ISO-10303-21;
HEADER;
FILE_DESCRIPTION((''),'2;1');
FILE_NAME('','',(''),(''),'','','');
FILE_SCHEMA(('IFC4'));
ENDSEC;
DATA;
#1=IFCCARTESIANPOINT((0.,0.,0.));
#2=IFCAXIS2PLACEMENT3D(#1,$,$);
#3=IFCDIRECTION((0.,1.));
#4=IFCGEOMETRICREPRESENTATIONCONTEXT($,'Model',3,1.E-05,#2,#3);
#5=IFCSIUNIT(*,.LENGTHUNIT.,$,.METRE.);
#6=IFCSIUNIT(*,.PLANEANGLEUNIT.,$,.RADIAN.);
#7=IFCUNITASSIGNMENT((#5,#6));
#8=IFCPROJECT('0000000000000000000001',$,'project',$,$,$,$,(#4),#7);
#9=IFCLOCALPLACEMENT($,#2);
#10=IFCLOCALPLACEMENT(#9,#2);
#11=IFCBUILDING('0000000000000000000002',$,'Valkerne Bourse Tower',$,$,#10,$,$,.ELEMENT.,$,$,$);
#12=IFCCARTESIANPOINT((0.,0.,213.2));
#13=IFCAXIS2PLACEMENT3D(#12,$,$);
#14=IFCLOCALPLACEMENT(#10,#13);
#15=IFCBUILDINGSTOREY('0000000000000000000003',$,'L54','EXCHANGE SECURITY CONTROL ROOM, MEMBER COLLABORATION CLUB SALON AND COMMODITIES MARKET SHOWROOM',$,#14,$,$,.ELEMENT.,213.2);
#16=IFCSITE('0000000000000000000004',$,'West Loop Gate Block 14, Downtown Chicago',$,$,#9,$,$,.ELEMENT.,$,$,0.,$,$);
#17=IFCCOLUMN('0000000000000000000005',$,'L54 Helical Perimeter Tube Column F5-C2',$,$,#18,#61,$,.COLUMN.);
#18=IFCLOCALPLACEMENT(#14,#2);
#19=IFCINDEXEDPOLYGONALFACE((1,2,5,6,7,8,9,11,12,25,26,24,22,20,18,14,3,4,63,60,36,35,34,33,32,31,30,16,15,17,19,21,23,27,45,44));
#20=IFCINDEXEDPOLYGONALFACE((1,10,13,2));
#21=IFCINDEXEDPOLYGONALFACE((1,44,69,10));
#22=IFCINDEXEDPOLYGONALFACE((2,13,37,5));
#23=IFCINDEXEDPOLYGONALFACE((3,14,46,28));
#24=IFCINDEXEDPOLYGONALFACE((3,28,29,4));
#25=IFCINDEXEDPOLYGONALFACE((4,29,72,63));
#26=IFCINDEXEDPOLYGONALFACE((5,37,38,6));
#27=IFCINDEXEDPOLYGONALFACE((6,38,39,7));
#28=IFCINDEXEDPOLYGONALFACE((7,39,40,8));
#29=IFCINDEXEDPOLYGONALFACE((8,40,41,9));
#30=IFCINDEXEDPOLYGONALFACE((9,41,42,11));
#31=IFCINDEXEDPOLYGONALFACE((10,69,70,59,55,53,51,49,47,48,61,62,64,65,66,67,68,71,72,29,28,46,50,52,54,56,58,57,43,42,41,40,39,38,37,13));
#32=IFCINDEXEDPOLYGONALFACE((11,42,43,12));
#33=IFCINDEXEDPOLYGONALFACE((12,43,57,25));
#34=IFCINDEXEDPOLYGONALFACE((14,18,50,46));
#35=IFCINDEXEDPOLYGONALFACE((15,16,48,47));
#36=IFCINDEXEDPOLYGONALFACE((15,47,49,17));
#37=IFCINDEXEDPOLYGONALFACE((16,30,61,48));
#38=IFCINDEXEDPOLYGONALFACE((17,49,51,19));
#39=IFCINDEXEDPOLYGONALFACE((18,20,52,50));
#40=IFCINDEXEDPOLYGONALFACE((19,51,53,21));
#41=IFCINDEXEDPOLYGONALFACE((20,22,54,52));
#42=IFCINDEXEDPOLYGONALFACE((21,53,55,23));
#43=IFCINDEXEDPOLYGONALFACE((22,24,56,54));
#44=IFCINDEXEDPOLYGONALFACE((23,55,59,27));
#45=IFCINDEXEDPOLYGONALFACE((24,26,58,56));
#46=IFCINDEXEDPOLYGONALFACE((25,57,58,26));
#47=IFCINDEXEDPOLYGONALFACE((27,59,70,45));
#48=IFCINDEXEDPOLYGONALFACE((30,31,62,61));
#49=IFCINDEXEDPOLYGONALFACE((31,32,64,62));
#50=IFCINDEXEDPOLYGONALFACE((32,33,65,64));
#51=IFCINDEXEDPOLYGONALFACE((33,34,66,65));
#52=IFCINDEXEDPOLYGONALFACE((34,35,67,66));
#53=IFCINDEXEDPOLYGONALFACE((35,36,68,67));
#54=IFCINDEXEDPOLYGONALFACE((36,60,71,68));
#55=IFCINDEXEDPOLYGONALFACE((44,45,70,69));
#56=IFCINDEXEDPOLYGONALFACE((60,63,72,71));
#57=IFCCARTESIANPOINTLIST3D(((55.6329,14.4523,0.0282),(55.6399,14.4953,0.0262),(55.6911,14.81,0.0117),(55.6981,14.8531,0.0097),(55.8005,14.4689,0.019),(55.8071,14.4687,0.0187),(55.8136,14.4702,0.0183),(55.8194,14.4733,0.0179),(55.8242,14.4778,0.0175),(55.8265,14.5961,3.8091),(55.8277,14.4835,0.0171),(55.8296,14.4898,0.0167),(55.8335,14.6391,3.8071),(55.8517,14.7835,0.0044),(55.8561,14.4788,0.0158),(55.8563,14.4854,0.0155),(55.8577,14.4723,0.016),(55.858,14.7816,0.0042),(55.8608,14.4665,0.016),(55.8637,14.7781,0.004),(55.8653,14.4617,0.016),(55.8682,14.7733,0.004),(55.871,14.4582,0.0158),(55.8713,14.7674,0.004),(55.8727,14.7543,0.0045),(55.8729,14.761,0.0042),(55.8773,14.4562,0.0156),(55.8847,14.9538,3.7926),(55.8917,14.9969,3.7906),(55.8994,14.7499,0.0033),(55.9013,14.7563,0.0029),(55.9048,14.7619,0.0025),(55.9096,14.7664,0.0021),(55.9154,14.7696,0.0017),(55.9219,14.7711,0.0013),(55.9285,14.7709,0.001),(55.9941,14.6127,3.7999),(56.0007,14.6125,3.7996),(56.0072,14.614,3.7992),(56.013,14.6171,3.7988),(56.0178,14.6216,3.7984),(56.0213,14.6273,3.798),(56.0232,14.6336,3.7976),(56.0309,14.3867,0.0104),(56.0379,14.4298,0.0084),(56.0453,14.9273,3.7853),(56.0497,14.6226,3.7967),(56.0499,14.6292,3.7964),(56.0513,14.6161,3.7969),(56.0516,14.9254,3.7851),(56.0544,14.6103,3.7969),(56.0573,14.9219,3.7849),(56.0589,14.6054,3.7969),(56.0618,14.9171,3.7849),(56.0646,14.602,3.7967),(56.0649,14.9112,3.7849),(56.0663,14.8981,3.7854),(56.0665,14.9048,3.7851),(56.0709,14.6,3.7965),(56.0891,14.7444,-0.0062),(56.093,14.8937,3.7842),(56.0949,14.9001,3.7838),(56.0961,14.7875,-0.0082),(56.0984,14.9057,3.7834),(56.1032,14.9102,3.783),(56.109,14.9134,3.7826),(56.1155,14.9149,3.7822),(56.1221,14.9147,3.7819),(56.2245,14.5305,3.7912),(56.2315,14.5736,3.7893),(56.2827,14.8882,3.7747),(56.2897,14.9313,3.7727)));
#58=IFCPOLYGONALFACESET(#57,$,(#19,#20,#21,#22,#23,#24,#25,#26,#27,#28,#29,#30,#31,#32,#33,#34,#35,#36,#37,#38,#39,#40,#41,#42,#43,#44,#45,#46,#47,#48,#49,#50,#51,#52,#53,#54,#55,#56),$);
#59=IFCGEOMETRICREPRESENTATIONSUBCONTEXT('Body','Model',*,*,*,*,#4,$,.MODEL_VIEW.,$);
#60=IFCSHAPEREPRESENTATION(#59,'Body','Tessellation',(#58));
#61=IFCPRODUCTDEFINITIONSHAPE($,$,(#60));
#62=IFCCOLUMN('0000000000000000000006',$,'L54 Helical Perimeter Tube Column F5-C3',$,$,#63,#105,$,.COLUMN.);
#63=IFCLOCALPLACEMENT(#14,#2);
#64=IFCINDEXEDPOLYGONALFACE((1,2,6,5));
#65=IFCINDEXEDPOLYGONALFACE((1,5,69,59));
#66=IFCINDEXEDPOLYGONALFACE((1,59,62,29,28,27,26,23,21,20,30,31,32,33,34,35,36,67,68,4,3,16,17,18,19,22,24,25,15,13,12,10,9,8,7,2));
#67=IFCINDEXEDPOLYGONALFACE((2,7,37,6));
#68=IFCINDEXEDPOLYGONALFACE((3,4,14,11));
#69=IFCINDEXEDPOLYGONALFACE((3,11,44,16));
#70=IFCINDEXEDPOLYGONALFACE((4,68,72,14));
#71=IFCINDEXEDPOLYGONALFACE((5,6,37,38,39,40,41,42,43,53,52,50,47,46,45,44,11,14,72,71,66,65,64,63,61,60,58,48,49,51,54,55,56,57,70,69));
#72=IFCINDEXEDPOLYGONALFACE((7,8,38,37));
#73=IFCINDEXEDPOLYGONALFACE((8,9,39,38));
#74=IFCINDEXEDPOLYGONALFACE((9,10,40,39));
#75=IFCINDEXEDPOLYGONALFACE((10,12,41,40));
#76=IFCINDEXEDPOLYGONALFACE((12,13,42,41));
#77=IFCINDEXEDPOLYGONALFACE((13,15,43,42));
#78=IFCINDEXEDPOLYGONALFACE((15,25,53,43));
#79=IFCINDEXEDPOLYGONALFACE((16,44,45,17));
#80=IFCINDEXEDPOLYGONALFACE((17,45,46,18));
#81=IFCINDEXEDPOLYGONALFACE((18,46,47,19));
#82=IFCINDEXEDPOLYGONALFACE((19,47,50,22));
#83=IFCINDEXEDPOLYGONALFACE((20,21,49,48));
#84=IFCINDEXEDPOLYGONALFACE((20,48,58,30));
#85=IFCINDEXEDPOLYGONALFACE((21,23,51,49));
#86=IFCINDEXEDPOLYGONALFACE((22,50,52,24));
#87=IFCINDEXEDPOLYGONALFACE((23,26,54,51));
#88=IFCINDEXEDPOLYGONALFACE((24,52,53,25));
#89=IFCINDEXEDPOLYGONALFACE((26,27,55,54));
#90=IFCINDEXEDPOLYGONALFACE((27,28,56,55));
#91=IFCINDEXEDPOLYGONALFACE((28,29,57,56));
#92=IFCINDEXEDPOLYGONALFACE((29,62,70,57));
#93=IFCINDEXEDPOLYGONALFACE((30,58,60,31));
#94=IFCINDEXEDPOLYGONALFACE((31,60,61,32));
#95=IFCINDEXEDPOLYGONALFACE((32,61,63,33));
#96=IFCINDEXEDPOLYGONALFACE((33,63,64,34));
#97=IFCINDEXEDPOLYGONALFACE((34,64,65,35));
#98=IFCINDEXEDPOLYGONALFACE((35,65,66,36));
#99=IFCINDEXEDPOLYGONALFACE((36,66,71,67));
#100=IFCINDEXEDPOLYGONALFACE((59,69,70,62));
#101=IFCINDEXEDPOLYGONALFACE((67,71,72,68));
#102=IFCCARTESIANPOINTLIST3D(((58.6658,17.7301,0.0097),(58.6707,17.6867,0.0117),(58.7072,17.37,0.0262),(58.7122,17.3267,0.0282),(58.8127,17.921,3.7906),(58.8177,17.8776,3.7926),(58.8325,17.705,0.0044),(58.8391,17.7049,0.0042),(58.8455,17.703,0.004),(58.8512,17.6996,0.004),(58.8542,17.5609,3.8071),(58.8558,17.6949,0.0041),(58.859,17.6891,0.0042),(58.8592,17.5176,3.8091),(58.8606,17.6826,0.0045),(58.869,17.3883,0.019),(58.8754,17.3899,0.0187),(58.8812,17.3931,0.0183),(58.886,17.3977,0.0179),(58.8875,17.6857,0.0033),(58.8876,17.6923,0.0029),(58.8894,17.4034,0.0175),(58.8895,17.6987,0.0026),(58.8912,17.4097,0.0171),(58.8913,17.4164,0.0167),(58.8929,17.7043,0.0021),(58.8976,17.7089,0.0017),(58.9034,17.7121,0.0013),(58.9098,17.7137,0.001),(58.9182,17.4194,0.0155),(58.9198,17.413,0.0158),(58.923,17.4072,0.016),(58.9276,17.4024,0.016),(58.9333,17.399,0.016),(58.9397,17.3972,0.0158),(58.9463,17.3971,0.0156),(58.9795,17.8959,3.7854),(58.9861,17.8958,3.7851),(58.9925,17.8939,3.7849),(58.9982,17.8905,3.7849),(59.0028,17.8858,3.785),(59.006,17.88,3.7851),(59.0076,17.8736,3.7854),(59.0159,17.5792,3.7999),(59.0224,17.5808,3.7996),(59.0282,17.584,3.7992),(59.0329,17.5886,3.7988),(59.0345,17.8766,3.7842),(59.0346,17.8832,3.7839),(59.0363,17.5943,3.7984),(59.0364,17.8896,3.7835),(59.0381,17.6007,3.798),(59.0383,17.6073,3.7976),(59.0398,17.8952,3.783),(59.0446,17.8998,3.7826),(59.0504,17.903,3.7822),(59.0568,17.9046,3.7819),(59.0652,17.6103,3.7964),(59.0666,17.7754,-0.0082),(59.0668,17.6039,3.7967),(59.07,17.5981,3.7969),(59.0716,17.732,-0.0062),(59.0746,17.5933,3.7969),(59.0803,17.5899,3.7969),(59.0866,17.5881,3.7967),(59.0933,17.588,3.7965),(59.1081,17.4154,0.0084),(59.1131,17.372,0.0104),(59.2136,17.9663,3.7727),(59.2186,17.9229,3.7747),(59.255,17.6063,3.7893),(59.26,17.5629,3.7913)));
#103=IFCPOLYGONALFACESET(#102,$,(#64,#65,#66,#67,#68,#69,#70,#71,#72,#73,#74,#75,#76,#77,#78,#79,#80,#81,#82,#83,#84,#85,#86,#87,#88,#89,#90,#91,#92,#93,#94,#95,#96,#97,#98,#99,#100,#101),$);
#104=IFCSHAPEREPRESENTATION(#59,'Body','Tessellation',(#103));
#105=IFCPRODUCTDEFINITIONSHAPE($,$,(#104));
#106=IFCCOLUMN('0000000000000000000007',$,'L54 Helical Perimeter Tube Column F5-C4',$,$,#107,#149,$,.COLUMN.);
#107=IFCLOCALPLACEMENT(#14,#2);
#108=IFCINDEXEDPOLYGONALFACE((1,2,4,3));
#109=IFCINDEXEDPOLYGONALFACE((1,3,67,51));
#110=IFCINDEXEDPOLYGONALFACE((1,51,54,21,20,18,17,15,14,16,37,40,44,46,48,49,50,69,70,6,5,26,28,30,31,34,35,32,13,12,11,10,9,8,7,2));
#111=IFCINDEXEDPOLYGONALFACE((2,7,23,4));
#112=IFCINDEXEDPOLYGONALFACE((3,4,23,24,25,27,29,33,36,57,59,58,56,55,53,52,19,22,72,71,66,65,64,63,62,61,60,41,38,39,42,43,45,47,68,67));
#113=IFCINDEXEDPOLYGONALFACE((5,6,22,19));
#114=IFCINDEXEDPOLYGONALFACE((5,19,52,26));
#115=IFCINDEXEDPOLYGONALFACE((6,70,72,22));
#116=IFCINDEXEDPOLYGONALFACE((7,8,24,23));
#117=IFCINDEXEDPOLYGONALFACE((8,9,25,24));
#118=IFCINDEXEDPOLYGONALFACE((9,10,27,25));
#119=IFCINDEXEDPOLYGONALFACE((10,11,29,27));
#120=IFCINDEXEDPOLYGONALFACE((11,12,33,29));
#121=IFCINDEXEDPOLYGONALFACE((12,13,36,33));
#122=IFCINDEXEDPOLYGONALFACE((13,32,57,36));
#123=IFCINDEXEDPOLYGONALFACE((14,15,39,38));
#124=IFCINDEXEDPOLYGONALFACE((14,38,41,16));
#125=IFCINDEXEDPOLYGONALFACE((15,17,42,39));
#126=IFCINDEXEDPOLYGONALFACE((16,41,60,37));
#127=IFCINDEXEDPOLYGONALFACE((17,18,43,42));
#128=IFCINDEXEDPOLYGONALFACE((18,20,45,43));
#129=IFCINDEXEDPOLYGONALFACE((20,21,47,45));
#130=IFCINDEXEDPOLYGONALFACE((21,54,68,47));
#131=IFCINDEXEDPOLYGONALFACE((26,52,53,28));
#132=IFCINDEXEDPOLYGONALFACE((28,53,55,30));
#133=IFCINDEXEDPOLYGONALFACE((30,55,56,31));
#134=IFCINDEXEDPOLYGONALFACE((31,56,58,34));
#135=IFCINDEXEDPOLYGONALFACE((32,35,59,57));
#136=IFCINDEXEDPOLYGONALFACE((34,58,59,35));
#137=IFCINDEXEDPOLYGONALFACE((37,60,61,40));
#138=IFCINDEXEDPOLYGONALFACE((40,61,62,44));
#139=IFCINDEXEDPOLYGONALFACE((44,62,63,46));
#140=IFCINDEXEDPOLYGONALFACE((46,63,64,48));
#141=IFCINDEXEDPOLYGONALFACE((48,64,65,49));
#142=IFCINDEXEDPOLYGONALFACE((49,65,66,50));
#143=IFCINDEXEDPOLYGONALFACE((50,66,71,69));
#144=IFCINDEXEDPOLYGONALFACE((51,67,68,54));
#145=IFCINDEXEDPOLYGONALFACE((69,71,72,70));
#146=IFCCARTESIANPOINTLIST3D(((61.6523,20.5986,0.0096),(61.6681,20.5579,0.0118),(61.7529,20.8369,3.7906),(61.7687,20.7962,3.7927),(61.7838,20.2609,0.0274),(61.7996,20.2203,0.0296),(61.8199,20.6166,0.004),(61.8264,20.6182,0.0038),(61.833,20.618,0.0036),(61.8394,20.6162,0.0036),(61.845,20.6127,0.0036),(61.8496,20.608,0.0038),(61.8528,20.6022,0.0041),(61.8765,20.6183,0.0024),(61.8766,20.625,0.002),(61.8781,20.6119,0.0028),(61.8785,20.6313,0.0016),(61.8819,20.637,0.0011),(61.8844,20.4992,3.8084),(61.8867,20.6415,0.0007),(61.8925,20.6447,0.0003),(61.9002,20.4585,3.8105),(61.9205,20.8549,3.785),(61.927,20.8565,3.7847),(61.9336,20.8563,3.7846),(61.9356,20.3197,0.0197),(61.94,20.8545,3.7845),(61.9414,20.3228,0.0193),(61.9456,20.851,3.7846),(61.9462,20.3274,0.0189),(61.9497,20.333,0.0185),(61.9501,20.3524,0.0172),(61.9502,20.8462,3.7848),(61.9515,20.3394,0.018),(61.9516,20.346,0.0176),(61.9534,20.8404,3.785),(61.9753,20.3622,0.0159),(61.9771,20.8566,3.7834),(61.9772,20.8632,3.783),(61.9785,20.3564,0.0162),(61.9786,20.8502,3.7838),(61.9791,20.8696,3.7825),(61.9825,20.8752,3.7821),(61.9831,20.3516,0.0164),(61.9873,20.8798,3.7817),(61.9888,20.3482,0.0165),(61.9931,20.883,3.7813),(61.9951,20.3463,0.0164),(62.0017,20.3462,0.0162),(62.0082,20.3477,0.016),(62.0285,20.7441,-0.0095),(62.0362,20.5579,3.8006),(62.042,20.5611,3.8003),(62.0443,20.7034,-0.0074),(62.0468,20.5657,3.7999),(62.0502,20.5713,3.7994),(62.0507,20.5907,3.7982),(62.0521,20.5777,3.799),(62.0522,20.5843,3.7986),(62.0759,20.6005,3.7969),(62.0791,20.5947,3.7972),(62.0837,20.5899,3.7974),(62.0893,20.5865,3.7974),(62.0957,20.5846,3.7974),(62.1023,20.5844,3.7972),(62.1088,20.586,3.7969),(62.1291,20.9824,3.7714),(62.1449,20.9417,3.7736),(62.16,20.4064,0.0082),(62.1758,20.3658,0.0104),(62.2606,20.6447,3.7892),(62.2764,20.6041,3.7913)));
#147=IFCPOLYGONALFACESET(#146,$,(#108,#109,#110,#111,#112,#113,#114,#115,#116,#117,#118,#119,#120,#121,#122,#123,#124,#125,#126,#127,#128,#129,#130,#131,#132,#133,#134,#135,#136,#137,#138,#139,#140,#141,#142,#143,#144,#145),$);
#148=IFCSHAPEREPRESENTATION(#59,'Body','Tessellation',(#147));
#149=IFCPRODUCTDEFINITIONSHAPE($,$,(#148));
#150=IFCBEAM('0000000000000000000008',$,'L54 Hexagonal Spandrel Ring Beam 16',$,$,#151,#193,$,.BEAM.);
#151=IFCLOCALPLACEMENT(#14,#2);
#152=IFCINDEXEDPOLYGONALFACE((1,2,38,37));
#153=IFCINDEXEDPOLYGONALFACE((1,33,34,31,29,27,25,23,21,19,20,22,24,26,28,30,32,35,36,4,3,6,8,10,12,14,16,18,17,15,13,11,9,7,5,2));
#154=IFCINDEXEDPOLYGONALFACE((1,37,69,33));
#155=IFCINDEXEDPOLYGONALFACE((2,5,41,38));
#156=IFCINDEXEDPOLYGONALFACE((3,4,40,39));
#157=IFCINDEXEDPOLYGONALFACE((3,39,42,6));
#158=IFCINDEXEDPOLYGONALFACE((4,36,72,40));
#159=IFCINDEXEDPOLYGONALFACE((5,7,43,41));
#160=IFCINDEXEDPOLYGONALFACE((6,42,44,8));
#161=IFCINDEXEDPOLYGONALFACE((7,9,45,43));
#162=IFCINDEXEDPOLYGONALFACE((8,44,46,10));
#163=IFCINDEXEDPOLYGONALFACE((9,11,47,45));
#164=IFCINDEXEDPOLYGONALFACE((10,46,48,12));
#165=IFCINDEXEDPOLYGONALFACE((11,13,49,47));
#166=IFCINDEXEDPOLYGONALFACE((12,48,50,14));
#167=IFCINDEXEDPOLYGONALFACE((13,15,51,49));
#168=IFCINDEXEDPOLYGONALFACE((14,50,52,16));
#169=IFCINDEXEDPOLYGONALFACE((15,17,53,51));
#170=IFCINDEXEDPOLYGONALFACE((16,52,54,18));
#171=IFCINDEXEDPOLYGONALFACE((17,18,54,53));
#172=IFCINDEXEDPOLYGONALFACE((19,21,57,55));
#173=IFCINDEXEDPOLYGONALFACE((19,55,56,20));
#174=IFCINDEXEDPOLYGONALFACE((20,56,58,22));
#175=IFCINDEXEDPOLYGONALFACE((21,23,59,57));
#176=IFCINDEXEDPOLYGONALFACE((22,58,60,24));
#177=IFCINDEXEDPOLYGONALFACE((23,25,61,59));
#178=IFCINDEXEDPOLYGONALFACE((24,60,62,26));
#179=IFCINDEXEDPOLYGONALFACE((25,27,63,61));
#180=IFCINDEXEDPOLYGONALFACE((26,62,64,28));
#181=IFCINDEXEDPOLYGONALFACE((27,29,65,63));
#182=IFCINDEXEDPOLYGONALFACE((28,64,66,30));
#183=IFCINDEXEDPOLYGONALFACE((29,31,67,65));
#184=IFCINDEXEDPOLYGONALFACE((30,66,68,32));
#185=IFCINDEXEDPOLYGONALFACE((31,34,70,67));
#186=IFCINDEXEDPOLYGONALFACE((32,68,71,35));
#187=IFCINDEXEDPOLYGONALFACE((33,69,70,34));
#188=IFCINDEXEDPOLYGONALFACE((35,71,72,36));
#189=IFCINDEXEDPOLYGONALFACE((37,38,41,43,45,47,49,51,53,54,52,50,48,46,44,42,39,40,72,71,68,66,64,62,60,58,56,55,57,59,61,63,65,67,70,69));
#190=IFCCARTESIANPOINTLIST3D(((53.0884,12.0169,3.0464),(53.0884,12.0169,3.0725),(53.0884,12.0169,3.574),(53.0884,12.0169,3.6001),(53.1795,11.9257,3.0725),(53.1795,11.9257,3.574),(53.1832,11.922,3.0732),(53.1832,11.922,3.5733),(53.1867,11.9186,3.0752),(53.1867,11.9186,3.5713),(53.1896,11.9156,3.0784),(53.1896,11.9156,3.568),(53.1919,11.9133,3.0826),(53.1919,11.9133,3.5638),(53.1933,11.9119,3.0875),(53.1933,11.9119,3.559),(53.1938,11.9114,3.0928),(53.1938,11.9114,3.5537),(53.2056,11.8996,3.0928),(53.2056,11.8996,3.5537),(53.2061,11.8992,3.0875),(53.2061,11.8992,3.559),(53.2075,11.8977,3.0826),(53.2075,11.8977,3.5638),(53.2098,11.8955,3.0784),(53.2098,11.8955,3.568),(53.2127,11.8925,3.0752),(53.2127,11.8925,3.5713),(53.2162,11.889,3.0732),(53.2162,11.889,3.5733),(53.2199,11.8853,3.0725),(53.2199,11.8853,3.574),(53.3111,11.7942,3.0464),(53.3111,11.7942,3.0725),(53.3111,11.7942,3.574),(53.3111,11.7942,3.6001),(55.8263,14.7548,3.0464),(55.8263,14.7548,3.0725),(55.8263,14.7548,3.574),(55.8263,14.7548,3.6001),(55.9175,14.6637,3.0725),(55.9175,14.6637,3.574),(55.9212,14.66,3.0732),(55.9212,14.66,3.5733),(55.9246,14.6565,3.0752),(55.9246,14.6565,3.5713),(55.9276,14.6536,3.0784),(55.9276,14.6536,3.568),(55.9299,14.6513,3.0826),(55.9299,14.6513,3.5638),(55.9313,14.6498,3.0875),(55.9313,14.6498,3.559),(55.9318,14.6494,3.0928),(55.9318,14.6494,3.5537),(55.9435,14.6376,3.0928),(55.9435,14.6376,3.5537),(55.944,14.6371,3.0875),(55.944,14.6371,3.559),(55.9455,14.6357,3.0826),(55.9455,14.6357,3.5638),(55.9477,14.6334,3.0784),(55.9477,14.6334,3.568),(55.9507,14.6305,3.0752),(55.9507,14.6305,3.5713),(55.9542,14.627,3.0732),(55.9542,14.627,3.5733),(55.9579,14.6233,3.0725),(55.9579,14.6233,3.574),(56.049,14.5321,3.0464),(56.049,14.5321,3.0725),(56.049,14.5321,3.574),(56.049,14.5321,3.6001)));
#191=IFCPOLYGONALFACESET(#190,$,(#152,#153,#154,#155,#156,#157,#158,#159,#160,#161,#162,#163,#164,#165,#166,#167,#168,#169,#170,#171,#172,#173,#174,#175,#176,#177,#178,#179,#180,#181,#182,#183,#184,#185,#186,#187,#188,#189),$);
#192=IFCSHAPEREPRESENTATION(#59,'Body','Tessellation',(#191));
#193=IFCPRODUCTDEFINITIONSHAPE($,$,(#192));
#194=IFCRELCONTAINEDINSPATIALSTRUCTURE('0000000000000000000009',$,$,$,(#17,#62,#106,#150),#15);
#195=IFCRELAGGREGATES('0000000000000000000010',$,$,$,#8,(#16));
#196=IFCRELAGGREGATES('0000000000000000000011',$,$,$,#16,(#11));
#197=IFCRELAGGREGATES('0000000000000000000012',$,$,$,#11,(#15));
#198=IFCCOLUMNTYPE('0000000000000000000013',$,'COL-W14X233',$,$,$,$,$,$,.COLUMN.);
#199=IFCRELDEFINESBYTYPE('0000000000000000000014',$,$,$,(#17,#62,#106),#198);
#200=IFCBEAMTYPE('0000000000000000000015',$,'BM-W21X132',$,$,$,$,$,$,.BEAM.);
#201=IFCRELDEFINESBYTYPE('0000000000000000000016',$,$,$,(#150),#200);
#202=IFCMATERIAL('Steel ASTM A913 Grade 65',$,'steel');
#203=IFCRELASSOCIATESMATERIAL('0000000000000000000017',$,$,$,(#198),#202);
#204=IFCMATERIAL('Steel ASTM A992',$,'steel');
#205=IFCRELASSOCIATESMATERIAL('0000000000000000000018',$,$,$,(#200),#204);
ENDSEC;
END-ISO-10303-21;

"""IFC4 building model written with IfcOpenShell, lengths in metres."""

from ifc_helpers import new_model, si_unit, direction, frame, origin, origin_2d, place, context, subcontext, project, spatial, i_section, extrude, material, material_profile, profile_set, type_object, element, save


model = new_model("IFC4")

# Units and contexts
model_context = context("Model", 3, precision=1e-05, world=origin(), true_north=direction((0.0, 1.0)))
body_context = subcontext(model_context, "Body", "Model", "MODEL_VIEW")
ifc_project = project(units=[si_unit("LENGTHUNIT", "METRE"), si_unit("PLANEANGLEUNIT", "RADIAN")], contexts=[model_context])

# Site, building, storey
site_placement = place(None, origin())
site = spatial("IfcSite", under=ifc_project, at=site_placement, Name="West Loop Gate Block 14, Downtown Chicago", CompositionType="ELEMENT", RefElevation=0.0)
building_placement = place(site_placement, origin())
building = spatial("IfcBuilding", under=site, at=building_placement, Name="Valkerne Bourse Tower", CompositionType="ELEMENT")
storey_placement = place(building_placement, frame((0.0, 0.0, 213.2)))
storey = spatial("IfcBuildingStorey", under=building, at=storey_placement, Name="L54", Description="EXCHANGE SECURITY CONTROL ROOM, MEMBER COLLABORATION CLUB SALON AND COMMODITIES MARKET SHOWROOM", CompositionType="ELEMENT", Elevation=213.2)

# Columns
ifc_material_1 = material(Name="Steel ASTM A913 Grade 65", Category="steel")
ifc_material_profile_1 = material_profile(ifc_material_1, i_section(OverallWidth=0.4038, OverallDepth=0.4065, WebThickness=0.0271, FlangeThickness=0.0437, FilletRadius=0.0254, at=origin_2d()), Name="W14X233")
ifc_profile_set_1 = profile_set([ifc_material_profile_1], Name="Steel ASTM A913 Grade 65")
column_type = type_object("IfcColumnType", Name="COL-W14X233", PredefinedType="COLUMN", material=ifc_profile_set_1)
for number, where, z_axis, x_axis, name in (
    (1, (55.8645, 14.6199, 0.01), (0.0511, 0.037955, 0.997972), (-0.985731, 0.162392, 0.044298), "L54 Helical Perimeter Tube Column F5-C2"),
    (2, (58.8894, 17.551, 0.01), (0.038793, 0.050392, 0.997976), (-0.992692, -0.112263, 0.044256), "L54 Helical Perimeter Tube Column F5-C3"),
):
    element("IfcColumn", number, at=place(storey_placement, frame(where, z_axis=z_axis, x_axis=x_axis)), inside=storey, type_object=column_type, Name=name, PredefinedType="COLUMN", context=body_context, shape_type="SweptSolid", body=[
        extrude(i_section(OverallWidth=0.4038, OverallDepth=0.4065, WebThickness=0.0271, FlangeThickness=0.0437, FilletRadius=0.0254, at=origin_2d()), origin(), (0.0, 0.0, 1.0), 3.7886),
    ])
column_placement = place(storey_placement, frame((61.9141, 20.4822, 0.01), z_axis=(0.026541, 0.062874, 0.997669), x_axis=(-0.931605, -0.360356, 0.047493)))
element("IfcColumn", 3, at=column_placement, inside=storey, type_object=column_type, Name="L54 Helical Perimeter Tube Column F5-C4", PredefinedType="COLUMN", context=body_context, shape_type="SweptSolid", body=[
    extrude(i_section(OverallWidth=0.4038, OverallDepth=0.4065, WebThickness=0.0271, FlangeThickness=0.0437, FilletRadius=0.0254, at=origin_2d()), origin(), (0.0, 0.0, 1.0), 3.7898),
])

# Beam
ifc_material_2 = material(Name="Steel ASTM A992", Category="steel")
ifc_material_profile_2 = material_profile(ifc_material_2, i_section(OverallWidth=0.3149, OverallDepth=0.5537, WebThickness=0.0166, FlangeThickness=0.0261, FilletRadius=0.0203, at=origin_2d()), Name="W21X132")
ifc_profile_set_2 = profile_set([ifc_material_profile_2], Name="Steel ASTM A992")
beam_type = type_object("IfcBeamType", Name="BM-W21X132", PredefinedType="BEAM", material=ifc_profile_set_2)
for number, where, z_axis, x_axis, name in (
    (4, (53.1997, 11.9055, 3.3232), (0.707107, 0.707107, 0.0), (-0.707107, 0.707107, 0.0), "L54 Hexagonal Spandrel Ring Beam 16"),
):
    element("IfcBeam", number, at=place(storey_placement, frame(where, z_axis=z_axis, x_axis=x_axis)), inside=storey, type_object=beam_type, Name=name, PredefinedType="BEAM", context=body_context, shape_type="SweptSolid", body=[
        extrude(i_section(OverallWidth=0.3149, OverallDepth=0.5537, WebThickness=0.0166, FlangeThickness=0.0261, FilletRadius=0.0203, at=origin_2d()), origin(), (0.0, 0.0, 1.0), 3.8721),
    ])

save(model, "model.ifc")
